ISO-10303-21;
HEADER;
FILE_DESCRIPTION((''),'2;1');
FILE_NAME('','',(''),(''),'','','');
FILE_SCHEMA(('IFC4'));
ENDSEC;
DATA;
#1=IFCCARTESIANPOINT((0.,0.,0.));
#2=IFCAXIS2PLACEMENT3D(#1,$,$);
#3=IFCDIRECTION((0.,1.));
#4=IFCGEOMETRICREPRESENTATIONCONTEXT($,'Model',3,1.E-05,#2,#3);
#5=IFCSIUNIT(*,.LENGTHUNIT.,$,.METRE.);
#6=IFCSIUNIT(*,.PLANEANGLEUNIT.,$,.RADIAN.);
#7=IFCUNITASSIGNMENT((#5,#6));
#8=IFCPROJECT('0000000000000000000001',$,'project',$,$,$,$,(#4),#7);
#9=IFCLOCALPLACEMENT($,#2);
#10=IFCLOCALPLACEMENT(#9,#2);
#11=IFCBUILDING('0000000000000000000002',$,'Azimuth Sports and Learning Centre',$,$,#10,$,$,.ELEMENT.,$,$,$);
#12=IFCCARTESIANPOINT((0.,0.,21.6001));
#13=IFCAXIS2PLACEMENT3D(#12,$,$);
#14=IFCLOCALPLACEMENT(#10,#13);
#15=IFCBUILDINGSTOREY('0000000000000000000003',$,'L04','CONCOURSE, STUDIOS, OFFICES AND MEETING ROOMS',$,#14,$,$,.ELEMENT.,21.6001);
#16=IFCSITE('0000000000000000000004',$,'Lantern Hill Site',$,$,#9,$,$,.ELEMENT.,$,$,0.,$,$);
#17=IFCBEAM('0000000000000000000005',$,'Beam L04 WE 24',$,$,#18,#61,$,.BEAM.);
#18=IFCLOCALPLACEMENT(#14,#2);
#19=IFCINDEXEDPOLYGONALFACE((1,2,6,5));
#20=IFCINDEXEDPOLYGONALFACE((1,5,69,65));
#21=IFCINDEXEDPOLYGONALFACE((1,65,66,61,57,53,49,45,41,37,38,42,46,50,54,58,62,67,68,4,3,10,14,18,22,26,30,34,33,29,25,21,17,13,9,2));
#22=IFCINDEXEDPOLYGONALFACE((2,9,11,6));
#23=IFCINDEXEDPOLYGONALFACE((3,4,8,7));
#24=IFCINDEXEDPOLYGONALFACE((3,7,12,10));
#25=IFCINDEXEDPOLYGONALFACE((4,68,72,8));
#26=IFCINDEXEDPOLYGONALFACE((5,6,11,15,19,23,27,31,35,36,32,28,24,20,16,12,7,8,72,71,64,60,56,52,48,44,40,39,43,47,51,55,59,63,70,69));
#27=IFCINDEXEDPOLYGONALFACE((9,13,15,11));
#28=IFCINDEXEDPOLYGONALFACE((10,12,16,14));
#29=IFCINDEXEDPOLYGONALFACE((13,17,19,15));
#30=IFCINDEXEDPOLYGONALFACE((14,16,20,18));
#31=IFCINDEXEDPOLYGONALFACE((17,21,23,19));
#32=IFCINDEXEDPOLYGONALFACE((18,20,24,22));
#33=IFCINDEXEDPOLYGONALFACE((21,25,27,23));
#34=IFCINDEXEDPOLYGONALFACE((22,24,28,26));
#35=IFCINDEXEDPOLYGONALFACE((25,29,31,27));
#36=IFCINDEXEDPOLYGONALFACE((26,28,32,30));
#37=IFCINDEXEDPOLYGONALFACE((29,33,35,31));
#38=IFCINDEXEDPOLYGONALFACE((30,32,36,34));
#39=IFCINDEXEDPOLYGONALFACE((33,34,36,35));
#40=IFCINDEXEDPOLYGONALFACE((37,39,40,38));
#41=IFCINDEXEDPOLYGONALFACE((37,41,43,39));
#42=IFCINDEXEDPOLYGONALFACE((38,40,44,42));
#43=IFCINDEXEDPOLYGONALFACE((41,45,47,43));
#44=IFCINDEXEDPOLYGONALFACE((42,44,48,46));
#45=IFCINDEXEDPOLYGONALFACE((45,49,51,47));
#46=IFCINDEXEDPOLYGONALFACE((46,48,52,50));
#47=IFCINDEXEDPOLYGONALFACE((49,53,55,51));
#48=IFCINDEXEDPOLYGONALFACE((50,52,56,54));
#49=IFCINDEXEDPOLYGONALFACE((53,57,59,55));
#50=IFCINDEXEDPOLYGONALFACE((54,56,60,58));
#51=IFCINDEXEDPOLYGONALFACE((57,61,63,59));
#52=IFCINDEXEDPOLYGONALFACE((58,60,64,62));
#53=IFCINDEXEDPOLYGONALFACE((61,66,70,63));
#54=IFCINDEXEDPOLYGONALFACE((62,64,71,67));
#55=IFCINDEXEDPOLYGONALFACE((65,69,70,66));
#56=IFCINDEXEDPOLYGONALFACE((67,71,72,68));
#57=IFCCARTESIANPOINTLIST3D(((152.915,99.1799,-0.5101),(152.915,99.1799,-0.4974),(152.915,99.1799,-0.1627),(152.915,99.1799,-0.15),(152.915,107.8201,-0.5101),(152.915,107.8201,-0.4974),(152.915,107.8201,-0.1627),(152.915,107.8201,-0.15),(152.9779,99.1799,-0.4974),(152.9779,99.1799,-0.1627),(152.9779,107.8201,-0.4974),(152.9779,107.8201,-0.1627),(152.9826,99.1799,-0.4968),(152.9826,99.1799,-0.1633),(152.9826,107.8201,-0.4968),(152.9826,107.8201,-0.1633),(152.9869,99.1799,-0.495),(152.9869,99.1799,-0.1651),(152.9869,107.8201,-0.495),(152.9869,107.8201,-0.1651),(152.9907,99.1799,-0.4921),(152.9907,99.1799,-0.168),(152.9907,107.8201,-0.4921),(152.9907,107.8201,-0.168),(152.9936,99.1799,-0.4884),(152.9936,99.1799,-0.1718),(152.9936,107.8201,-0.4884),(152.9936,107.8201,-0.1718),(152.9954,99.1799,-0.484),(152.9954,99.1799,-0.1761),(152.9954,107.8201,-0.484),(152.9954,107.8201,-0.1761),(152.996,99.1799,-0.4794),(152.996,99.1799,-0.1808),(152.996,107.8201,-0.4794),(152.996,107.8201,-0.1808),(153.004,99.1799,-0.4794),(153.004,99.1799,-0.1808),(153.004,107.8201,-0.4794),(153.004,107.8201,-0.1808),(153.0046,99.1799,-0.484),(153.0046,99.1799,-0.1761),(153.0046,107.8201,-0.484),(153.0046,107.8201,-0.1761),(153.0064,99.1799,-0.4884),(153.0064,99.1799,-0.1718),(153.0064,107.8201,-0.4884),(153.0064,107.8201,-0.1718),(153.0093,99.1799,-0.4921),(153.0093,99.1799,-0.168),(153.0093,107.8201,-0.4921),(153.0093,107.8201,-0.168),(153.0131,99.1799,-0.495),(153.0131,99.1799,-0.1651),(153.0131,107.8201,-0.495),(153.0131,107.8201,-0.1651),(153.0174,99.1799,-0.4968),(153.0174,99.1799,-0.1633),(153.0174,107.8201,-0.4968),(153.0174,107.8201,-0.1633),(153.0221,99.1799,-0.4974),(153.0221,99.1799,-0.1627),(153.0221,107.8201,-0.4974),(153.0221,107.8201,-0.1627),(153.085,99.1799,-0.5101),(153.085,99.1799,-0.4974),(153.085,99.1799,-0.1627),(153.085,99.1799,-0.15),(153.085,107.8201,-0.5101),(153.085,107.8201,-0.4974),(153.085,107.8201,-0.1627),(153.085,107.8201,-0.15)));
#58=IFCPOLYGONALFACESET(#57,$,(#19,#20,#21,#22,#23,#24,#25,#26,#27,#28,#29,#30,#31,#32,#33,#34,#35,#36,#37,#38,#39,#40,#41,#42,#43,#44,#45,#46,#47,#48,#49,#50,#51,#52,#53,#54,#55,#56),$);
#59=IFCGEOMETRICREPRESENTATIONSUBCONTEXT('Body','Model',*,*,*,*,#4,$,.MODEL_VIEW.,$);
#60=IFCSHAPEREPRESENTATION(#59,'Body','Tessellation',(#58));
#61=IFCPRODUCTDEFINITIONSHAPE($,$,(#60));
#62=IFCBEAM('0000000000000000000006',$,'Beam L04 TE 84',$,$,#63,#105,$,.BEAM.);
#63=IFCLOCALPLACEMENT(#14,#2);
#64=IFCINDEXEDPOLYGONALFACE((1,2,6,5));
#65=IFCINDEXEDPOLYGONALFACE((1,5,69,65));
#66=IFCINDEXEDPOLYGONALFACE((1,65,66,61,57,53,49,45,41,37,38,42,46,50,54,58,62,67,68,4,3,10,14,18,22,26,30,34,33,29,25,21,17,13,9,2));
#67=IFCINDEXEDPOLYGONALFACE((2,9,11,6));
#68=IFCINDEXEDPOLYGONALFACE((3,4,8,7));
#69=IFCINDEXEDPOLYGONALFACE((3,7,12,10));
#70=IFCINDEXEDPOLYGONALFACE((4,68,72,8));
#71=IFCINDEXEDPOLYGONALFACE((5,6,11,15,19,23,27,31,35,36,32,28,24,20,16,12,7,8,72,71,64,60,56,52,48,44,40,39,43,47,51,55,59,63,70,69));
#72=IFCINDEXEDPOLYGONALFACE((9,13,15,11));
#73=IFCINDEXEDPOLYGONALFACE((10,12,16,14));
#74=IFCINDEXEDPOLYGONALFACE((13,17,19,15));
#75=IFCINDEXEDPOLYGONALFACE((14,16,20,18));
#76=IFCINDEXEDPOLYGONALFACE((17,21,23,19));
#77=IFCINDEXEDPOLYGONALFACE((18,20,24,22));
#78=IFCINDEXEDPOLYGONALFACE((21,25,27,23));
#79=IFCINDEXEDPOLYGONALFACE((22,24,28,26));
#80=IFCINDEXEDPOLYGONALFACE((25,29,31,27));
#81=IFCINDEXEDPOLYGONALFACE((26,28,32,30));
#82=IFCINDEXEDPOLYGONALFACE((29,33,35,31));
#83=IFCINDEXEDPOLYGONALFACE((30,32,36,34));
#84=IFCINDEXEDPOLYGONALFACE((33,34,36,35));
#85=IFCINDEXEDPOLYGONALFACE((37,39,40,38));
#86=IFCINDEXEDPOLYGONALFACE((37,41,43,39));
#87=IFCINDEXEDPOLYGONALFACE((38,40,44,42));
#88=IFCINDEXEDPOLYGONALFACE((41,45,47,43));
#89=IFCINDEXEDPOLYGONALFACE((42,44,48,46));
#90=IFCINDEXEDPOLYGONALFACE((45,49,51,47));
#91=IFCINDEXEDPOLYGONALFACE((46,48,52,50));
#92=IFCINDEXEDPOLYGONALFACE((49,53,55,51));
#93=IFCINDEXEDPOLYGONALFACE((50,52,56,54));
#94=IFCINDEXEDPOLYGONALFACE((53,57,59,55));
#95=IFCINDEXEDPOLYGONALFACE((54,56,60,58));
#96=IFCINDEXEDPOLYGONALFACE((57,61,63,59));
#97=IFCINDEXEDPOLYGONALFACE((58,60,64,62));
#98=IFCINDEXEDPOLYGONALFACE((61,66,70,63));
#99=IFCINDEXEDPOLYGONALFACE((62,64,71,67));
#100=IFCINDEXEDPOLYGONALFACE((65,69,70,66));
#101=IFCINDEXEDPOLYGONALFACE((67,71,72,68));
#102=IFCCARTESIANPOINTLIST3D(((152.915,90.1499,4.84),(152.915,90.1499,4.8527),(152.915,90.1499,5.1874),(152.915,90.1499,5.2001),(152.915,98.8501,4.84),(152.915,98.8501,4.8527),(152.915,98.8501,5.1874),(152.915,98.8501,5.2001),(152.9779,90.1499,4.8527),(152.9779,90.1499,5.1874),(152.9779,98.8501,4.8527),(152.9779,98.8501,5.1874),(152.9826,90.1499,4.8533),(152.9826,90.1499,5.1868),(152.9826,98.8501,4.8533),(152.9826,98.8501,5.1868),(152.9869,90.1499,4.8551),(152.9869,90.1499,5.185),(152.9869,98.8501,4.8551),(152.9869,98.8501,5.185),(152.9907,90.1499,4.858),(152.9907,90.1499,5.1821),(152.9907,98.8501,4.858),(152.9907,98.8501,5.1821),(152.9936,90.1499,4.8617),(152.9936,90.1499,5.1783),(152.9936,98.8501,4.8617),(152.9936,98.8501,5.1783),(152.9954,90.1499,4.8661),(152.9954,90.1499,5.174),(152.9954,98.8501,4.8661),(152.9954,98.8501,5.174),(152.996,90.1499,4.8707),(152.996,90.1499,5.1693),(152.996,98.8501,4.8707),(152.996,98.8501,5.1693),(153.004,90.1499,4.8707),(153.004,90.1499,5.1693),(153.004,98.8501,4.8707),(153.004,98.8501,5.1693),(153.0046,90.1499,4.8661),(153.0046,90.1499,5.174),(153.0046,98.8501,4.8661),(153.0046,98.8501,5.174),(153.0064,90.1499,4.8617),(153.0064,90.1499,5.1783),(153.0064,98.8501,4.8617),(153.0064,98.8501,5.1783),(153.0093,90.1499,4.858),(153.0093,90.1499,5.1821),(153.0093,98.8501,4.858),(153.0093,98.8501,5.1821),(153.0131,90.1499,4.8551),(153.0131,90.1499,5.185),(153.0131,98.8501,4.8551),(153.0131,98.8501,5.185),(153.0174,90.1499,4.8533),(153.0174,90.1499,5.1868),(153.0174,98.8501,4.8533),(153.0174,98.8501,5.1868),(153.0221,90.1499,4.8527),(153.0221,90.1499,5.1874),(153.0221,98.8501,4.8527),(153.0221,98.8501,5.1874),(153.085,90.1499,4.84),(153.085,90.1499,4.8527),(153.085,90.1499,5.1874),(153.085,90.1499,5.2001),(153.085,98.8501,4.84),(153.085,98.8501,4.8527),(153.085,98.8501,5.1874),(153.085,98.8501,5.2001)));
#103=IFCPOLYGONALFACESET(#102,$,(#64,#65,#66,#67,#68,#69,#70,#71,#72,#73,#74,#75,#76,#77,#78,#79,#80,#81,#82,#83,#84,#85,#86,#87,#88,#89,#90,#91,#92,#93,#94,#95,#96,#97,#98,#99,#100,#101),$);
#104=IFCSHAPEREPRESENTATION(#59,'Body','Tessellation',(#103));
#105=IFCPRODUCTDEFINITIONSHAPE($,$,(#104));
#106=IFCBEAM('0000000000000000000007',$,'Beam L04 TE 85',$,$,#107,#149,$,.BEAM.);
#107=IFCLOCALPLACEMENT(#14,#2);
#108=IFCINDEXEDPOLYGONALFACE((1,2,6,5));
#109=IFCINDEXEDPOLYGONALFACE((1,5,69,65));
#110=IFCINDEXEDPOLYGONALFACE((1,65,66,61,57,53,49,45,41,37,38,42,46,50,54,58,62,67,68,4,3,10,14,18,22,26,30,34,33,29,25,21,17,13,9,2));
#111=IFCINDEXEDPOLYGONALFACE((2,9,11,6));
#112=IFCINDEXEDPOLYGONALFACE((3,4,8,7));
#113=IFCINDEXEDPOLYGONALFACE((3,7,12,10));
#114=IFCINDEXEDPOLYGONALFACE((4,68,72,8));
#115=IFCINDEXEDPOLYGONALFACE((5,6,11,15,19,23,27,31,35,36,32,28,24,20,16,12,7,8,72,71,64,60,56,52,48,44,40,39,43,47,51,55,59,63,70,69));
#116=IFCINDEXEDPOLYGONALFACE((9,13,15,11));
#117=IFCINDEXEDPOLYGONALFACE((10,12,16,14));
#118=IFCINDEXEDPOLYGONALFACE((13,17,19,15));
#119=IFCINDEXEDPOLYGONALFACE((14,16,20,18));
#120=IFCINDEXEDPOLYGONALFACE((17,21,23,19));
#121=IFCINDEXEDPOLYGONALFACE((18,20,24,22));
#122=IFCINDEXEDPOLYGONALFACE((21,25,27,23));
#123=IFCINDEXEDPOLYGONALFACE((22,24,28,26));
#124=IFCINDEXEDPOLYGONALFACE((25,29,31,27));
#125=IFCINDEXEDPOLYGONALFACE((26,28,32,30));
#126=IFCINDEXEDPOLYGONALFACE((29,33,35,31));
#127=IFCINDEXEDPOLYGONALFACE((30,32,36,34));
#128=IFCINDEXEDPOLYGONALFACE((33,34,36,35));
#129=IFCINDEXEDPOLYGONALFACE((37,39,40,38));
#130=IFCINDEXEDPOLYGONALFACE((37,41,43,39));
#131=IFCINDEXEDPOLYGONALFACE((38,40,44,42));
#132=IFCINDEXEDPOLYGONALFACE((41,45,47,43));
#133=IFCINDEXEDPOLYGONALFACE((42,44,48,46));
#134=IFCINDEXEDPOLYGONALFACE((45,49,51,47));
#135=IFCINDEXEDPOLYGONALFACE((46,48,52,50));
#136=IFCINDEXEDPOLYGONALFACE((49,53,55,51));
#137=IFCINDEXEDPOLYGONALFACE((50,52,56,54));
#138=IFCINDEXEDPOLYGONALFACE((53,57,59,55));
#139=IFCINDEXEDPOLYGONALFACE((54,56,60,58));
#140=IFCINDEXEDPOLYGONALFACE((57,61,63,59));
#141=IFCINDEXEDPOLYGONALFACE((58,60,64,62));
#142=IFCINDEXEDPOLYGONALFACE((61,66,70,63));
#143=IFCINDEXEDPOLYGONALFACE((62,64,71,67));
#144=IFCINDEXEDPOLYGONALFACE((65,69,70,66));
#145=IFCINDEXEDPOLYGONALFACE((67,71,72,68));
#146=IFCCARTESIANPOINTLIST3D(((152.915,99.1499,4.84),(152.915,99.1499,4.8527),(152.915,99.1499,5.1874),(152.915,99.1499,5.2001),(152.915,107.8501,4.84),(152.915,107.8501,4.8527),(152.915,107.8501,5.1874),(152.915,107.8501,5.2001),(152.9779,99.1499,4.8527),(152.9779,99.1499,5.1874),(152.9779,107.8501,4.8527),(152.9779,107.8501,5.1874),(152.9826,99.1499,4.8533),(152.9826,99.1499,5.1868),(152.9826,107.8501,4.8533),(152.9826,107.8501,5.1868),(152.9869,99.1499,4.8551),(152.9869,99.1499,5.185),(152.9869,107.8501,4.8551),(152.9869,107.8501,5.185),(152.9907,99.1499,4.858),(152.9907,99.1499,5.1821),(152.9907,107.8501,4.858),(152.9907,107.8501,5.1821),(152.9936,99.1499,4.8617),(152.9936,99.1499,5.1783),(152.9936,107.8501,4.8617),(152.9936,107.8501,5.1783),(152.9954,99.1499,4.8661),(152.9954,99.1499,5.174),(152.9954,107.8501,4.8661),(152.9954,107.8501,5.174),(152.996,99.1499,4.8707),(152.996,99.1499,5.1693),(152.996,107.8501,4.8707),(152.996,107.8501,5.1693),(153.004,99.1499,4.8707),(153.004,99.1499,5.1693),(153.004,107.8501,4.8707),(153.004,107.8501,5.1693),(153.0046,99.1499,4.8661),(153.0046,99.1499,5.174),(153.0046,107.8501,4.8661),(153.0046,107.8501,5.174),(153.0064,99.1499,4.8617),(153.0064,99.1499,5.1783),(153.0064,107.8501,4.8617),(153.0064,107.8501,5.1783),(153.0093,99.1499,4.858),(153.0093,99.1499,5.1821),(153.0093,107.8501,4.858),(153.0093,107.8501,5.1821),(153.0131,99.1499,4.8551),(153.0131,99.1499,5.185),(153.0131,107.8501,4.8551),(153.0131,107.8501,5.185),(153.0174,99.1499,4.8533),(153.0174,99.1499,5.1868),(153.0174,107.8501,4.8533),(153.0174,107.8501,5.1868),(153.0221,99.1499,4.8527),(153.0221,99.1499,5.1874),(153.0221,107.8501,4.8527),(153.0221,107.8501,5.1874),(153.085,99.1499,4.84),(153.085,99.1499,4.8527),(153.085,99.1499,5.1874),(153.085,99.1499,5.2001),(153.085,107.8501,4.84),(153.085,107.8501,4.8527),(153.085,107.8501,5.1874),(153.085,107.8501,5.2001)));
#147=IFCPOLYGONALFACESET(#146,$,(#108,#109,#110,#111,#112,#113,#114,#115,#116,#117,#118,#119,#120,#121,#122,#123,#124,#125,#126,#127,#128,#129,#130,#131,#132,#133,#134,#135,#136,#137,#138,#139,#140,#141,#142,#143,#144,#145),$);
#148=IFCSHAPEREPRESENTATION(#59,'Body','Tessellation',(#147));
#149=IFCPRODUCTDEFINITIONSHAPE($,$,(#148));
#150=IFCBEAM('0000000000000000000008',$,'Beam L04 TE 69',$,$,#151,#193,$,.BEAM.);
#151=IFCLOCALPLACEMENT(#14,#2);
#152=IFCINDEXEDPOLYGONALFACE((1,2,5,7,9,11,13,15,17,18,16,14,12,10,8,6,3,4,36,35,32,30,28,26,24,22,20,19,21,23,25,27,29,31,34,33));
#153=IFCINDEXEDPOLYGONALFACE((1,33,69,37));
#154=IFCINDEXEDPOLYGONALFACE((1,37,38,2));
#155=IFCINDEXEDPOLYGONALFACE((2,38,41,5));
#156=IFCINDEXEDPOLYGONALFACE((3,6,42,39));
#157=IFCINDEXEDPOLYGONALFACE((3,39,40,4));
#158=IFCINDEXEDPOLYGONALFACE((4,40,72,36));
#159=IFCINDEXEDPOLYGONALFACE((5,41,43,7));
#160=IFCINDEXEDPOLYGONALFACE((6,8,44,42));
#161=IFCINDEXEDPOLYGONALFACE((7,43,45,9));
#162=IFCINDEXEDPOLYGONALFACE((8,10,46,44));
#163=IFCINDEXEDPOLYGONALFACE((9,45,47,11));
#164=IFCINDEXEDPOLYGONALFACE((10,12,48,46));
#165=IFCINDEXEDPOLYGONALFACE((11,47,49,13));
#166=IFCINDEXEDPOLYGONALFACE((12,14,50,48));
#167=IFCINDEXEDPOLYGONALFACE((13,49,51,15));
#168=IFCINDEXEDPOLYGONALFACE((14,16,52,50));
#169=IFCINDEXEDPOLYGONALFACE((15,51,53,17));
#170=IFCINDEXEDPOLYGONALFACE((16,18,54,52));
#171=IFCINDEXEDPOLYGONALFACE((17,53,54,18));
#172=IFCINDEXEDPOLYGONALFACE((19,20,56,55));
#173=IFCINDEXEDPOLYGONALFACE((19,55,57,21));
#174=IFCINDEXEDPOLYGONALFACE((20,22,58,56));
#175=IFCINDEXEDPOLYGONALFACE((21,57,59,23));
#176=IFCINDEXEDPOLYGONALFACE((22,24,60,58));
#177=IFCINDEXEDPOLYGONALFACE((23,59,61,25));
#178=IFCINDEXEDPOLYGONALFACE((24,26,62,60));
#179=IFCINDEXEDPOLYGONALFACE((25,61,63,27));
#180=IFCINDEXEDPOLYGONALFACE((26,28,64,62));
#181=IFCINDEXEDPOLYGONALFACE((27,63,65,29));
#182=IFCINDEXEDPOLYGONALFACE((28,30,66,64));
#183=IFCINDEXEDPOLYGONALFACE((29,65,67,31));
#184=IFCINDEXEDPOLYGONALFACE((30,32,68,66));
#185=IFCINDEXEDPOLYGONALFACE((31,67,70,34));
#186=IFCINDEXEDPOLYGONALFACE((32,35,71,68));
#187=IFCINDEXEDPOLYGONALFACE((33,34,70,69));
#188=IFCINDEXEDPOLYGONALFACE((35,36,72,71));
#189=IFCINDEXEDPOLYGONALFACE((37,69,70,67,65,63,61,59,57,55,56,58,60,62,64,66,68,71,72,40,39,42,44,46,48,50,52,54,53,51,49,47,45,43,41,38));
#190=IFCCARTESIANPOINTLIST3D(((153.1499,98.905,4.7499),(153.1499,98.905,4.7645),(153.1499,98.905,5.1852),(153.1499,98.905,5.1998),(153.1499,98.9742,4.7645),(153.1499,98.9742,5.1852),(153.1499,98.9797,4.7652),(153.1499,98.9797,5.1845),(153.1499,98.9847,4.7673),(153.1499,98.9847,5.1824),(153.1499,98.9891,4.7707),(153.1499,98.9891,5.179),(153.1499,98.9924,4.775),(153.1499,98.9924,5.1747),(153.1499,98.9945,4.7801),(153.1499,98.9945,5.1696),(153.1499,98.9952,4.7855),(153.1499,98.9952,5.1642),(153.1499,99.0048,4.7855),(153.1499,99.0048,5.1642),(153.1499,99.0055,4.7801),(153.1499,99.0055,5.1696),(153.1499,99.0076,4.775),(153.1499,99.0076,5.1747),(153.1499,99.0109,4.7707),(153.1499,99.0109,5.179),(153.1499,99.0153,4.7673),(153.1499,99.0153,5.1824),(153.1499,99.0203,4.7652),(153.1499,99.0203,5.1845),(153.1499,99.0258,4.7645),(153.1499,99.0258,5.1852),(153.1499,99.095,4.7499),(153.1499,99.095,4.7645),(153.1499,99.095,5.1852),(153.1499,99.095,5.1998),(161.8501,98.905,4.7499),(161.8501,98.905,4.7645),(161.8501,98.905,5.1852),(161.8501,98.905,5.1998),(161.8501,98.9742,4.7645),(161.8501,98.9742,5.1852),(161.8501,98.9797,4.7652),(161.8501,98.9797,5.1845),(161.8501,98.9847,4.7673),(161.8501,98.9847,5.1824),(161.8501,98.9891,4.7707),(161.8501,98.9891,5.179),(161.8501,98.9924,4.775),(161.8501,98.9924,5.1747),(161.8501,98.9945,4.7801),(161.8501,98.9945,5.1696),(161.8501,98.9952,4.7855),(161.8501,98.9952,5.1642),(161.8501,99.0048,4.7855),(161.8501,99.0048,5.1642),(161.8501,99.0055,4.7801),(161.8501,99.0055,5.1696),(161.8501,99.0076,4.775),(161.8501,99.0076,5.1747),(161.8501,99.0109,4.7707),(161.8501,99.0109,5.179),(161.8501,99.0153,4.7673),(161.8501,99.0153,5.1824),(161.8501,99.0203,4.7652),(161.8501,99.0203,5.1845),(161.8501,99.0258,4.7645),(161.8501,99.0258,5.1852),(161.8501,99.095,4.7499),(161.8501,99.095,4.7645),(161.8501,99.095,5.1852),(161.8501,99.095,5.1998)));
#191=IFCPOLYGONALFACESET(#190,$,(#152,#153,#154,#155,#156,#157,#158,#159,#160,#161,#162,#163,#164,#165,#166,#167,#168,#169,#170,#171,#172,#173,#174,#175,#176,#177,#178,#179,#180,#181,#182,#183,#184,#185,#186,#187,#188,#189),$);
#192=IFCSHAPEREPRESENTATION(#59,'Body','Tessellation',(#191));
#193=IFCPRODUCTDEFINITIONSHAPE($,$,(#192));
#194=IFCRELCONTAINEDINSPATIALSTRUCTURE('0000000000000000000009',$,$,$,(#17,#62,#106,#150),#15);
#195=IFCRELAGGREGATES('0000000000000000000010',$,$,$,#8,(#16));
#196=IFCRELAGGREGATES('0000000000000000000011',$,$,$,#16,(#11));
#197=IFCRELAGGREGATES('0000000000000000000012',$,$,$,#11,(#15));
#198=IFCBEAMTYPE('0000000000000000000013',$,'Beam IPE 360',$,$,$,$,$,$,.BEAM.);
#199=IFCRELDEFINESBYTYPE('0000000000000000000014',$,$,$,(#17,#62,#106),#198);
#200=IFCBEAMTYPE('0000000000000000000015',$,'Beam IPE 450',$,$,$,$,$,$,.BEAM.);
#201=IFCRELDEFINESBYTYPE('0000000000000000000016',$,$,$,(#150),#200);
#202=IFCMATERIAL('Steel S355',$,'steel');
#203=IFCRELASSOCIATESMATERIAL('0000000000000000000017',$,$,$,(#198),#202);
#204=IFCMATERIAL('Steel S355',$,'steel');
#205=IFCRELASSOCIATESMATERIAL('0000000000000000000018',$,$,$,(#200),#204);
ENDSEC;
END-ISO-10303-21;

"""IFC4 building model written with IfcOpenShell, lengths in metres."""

from ifc_helpers import new_model, si_unit, direction, frame, origin, origin_2d, place, context, subcontext, project, spatial, i_section, extrude, material, material_profile, profile_set, type_object, element, save


model = new_model("IFC4")

# Units and contexts
model_context = context("Model", 3, precision=1e-05, world=origin(), true_north=direction((0.0, 1.0)))
body_context = subcontext(model_context, "Body", "Model", "MODEL_VIEW")
ifc_project = project(units=[si_unit("LENGTHUNIT", "METRE"), si_unit("PLANEANGLEUNIT", "RADIAN")], contexts=[model_context])

# Site, building, storey
site_placement = place(None, origin())
site = spatial("IfcSite", under=ifc_project, at=site_placement, Name="Lantern Hill Site", CompositionType="ELEMENT", RefElevation=0.0)
building_placement = place(site_placement, origin())
building = spatial("IfcBuilding", under=site, at=building_placement, Name="Azimuth Sports and Learning Centre", CompositionType="ELEMENT")
storey_placement = place(building_placement, frame((0.0, 0.0, 21.6001)))
storey = spatial("IfcBuildingStorey", under=building, at=storey_placement, Name="L04", Description="CONCOURSE, STUDIOS, OFFICES AND MEETING ROOMS", CompositionType="ELEMENT", Elevation=21.6001)

# Beams
ifc_material_1 = material(Name="Steel S355", Category="steel")
ifc_material_profile_1 = material_profile(ifc_material_1, i_section(OverallWidth=0.1699, OverallDepth=0.3601, WebThickness=0.0081, FlangeThickness=0.0127, FilletRadius=0.0181, at=origin_2d()), Name="IPE 360")
ifc_profile_set_1 = profile_set([ifc_material_profile_1], Name="Steel S355")
beam_type_1 = type_object("IfcBeamType", Name="Beam IPE 360", PredefinedType="BEAM", material=ifc_profile_set_1)
for number, where, z_axis, x_axis, name in (
    (1, (153.0, 99.1799, -0.3301), (0.0, 1.0, 0.0), (-1.0, 0.0, 0.0), "Beam L04 WE 24"),
):
    element("IfcBeam", number, at=place(storey_placement, frame(where, z_axis=z_axis, x_axis=x_axis)), inside=storey, type_object=beam_type_1, Name=name, PredefinedType="BEAM", context=body_context, shape_type="SweptSolid", body=[
        extrude(i_section(OverallWidth=0.1699, OverallDepth=0.3601, WebThickness=0.0081, FlangeThickness=0.0127, FilletRadius=0.0181, at=origin_2d()), origin(), (0.0, 0.0, 1.0), 8.6401),
    ])
for number, where, z_axis, x_axis, name in (
    (2, (153.0, 90.1499, 5.02), (0.0, 1.0, 0.0), (-1.0, 0.0, 0.0), "Beam L04 TE 84"),
    (3, (153.0, 99.1499, 5.02), (0.0, 1.0, 0.0), (-1.0, 0.0, 0.0), "Beam L04 TE 85"),
):
    element("IfcBeam", number, at=place(storey_placement, frame(where, z_axis=z_axis, x_axis=x_axis)), inside=storey, type_object=beam_type_1, Name=name, PredefinedType="BEAM", context=body_context, shape_type="SweptSolid", body=[
        extrude(i_section(OverallWidth=0.1699, OverallDepth=0.3601, WebThickness=0.0081, FlangeThickness=0.0127, FilletRadius=0.0181, at=origin_2d()), origin(), (0.0, 0.0, 1.0), 8.7002),
    ])
ifc_material_2 = material(Name="Steel S355", Category="steel")
ifc_material_profile_2 = material_profile(ifc_material_2, i_section(OverallWidth=0.1899, OverallDepth=0.45, WebThickness=0.0095, FlangeThickness=0.0146, FilletRadius=0.021, at=origin_2d()), Name="IPE 450")
ifc_profile_set_2 = profile_set([ifc_material_profile_2], Name="Steel S355")
beam_type_2 = type_object("IfcBeamType", Name="Beam IPE 450", PredefinedType="BEAM", material=ifc_profile_set_2)
for number, where, z_axis, x_axis, name in (
    (4, (153.1499, 99.0, 4.9749), (1.0, 0.0, 0.0), (0.0, 1.0, 0.0), "Beam L04 TE 69"),
):
    element("IfcBeam", number, at=place(storey_placement, frame(where, z_axis=z_axis, x_axis=x_axis)), inside=storey, type_object=beam_type_2, Name=name, PredefinedType="BEAM", context=body_context, shape_type="SweptSolid", body=[
        extrude(i_section(OverallWidth=0.1899, OverallDepth=0.45, WebThickness=0.0095, FlangeThickness=0.0146, FilletRadius=0.021, at=origin_2d()), origin(), (0.0, 0.0, 1.0), 8.7002),
    ])

save(model, "model.ifc")
